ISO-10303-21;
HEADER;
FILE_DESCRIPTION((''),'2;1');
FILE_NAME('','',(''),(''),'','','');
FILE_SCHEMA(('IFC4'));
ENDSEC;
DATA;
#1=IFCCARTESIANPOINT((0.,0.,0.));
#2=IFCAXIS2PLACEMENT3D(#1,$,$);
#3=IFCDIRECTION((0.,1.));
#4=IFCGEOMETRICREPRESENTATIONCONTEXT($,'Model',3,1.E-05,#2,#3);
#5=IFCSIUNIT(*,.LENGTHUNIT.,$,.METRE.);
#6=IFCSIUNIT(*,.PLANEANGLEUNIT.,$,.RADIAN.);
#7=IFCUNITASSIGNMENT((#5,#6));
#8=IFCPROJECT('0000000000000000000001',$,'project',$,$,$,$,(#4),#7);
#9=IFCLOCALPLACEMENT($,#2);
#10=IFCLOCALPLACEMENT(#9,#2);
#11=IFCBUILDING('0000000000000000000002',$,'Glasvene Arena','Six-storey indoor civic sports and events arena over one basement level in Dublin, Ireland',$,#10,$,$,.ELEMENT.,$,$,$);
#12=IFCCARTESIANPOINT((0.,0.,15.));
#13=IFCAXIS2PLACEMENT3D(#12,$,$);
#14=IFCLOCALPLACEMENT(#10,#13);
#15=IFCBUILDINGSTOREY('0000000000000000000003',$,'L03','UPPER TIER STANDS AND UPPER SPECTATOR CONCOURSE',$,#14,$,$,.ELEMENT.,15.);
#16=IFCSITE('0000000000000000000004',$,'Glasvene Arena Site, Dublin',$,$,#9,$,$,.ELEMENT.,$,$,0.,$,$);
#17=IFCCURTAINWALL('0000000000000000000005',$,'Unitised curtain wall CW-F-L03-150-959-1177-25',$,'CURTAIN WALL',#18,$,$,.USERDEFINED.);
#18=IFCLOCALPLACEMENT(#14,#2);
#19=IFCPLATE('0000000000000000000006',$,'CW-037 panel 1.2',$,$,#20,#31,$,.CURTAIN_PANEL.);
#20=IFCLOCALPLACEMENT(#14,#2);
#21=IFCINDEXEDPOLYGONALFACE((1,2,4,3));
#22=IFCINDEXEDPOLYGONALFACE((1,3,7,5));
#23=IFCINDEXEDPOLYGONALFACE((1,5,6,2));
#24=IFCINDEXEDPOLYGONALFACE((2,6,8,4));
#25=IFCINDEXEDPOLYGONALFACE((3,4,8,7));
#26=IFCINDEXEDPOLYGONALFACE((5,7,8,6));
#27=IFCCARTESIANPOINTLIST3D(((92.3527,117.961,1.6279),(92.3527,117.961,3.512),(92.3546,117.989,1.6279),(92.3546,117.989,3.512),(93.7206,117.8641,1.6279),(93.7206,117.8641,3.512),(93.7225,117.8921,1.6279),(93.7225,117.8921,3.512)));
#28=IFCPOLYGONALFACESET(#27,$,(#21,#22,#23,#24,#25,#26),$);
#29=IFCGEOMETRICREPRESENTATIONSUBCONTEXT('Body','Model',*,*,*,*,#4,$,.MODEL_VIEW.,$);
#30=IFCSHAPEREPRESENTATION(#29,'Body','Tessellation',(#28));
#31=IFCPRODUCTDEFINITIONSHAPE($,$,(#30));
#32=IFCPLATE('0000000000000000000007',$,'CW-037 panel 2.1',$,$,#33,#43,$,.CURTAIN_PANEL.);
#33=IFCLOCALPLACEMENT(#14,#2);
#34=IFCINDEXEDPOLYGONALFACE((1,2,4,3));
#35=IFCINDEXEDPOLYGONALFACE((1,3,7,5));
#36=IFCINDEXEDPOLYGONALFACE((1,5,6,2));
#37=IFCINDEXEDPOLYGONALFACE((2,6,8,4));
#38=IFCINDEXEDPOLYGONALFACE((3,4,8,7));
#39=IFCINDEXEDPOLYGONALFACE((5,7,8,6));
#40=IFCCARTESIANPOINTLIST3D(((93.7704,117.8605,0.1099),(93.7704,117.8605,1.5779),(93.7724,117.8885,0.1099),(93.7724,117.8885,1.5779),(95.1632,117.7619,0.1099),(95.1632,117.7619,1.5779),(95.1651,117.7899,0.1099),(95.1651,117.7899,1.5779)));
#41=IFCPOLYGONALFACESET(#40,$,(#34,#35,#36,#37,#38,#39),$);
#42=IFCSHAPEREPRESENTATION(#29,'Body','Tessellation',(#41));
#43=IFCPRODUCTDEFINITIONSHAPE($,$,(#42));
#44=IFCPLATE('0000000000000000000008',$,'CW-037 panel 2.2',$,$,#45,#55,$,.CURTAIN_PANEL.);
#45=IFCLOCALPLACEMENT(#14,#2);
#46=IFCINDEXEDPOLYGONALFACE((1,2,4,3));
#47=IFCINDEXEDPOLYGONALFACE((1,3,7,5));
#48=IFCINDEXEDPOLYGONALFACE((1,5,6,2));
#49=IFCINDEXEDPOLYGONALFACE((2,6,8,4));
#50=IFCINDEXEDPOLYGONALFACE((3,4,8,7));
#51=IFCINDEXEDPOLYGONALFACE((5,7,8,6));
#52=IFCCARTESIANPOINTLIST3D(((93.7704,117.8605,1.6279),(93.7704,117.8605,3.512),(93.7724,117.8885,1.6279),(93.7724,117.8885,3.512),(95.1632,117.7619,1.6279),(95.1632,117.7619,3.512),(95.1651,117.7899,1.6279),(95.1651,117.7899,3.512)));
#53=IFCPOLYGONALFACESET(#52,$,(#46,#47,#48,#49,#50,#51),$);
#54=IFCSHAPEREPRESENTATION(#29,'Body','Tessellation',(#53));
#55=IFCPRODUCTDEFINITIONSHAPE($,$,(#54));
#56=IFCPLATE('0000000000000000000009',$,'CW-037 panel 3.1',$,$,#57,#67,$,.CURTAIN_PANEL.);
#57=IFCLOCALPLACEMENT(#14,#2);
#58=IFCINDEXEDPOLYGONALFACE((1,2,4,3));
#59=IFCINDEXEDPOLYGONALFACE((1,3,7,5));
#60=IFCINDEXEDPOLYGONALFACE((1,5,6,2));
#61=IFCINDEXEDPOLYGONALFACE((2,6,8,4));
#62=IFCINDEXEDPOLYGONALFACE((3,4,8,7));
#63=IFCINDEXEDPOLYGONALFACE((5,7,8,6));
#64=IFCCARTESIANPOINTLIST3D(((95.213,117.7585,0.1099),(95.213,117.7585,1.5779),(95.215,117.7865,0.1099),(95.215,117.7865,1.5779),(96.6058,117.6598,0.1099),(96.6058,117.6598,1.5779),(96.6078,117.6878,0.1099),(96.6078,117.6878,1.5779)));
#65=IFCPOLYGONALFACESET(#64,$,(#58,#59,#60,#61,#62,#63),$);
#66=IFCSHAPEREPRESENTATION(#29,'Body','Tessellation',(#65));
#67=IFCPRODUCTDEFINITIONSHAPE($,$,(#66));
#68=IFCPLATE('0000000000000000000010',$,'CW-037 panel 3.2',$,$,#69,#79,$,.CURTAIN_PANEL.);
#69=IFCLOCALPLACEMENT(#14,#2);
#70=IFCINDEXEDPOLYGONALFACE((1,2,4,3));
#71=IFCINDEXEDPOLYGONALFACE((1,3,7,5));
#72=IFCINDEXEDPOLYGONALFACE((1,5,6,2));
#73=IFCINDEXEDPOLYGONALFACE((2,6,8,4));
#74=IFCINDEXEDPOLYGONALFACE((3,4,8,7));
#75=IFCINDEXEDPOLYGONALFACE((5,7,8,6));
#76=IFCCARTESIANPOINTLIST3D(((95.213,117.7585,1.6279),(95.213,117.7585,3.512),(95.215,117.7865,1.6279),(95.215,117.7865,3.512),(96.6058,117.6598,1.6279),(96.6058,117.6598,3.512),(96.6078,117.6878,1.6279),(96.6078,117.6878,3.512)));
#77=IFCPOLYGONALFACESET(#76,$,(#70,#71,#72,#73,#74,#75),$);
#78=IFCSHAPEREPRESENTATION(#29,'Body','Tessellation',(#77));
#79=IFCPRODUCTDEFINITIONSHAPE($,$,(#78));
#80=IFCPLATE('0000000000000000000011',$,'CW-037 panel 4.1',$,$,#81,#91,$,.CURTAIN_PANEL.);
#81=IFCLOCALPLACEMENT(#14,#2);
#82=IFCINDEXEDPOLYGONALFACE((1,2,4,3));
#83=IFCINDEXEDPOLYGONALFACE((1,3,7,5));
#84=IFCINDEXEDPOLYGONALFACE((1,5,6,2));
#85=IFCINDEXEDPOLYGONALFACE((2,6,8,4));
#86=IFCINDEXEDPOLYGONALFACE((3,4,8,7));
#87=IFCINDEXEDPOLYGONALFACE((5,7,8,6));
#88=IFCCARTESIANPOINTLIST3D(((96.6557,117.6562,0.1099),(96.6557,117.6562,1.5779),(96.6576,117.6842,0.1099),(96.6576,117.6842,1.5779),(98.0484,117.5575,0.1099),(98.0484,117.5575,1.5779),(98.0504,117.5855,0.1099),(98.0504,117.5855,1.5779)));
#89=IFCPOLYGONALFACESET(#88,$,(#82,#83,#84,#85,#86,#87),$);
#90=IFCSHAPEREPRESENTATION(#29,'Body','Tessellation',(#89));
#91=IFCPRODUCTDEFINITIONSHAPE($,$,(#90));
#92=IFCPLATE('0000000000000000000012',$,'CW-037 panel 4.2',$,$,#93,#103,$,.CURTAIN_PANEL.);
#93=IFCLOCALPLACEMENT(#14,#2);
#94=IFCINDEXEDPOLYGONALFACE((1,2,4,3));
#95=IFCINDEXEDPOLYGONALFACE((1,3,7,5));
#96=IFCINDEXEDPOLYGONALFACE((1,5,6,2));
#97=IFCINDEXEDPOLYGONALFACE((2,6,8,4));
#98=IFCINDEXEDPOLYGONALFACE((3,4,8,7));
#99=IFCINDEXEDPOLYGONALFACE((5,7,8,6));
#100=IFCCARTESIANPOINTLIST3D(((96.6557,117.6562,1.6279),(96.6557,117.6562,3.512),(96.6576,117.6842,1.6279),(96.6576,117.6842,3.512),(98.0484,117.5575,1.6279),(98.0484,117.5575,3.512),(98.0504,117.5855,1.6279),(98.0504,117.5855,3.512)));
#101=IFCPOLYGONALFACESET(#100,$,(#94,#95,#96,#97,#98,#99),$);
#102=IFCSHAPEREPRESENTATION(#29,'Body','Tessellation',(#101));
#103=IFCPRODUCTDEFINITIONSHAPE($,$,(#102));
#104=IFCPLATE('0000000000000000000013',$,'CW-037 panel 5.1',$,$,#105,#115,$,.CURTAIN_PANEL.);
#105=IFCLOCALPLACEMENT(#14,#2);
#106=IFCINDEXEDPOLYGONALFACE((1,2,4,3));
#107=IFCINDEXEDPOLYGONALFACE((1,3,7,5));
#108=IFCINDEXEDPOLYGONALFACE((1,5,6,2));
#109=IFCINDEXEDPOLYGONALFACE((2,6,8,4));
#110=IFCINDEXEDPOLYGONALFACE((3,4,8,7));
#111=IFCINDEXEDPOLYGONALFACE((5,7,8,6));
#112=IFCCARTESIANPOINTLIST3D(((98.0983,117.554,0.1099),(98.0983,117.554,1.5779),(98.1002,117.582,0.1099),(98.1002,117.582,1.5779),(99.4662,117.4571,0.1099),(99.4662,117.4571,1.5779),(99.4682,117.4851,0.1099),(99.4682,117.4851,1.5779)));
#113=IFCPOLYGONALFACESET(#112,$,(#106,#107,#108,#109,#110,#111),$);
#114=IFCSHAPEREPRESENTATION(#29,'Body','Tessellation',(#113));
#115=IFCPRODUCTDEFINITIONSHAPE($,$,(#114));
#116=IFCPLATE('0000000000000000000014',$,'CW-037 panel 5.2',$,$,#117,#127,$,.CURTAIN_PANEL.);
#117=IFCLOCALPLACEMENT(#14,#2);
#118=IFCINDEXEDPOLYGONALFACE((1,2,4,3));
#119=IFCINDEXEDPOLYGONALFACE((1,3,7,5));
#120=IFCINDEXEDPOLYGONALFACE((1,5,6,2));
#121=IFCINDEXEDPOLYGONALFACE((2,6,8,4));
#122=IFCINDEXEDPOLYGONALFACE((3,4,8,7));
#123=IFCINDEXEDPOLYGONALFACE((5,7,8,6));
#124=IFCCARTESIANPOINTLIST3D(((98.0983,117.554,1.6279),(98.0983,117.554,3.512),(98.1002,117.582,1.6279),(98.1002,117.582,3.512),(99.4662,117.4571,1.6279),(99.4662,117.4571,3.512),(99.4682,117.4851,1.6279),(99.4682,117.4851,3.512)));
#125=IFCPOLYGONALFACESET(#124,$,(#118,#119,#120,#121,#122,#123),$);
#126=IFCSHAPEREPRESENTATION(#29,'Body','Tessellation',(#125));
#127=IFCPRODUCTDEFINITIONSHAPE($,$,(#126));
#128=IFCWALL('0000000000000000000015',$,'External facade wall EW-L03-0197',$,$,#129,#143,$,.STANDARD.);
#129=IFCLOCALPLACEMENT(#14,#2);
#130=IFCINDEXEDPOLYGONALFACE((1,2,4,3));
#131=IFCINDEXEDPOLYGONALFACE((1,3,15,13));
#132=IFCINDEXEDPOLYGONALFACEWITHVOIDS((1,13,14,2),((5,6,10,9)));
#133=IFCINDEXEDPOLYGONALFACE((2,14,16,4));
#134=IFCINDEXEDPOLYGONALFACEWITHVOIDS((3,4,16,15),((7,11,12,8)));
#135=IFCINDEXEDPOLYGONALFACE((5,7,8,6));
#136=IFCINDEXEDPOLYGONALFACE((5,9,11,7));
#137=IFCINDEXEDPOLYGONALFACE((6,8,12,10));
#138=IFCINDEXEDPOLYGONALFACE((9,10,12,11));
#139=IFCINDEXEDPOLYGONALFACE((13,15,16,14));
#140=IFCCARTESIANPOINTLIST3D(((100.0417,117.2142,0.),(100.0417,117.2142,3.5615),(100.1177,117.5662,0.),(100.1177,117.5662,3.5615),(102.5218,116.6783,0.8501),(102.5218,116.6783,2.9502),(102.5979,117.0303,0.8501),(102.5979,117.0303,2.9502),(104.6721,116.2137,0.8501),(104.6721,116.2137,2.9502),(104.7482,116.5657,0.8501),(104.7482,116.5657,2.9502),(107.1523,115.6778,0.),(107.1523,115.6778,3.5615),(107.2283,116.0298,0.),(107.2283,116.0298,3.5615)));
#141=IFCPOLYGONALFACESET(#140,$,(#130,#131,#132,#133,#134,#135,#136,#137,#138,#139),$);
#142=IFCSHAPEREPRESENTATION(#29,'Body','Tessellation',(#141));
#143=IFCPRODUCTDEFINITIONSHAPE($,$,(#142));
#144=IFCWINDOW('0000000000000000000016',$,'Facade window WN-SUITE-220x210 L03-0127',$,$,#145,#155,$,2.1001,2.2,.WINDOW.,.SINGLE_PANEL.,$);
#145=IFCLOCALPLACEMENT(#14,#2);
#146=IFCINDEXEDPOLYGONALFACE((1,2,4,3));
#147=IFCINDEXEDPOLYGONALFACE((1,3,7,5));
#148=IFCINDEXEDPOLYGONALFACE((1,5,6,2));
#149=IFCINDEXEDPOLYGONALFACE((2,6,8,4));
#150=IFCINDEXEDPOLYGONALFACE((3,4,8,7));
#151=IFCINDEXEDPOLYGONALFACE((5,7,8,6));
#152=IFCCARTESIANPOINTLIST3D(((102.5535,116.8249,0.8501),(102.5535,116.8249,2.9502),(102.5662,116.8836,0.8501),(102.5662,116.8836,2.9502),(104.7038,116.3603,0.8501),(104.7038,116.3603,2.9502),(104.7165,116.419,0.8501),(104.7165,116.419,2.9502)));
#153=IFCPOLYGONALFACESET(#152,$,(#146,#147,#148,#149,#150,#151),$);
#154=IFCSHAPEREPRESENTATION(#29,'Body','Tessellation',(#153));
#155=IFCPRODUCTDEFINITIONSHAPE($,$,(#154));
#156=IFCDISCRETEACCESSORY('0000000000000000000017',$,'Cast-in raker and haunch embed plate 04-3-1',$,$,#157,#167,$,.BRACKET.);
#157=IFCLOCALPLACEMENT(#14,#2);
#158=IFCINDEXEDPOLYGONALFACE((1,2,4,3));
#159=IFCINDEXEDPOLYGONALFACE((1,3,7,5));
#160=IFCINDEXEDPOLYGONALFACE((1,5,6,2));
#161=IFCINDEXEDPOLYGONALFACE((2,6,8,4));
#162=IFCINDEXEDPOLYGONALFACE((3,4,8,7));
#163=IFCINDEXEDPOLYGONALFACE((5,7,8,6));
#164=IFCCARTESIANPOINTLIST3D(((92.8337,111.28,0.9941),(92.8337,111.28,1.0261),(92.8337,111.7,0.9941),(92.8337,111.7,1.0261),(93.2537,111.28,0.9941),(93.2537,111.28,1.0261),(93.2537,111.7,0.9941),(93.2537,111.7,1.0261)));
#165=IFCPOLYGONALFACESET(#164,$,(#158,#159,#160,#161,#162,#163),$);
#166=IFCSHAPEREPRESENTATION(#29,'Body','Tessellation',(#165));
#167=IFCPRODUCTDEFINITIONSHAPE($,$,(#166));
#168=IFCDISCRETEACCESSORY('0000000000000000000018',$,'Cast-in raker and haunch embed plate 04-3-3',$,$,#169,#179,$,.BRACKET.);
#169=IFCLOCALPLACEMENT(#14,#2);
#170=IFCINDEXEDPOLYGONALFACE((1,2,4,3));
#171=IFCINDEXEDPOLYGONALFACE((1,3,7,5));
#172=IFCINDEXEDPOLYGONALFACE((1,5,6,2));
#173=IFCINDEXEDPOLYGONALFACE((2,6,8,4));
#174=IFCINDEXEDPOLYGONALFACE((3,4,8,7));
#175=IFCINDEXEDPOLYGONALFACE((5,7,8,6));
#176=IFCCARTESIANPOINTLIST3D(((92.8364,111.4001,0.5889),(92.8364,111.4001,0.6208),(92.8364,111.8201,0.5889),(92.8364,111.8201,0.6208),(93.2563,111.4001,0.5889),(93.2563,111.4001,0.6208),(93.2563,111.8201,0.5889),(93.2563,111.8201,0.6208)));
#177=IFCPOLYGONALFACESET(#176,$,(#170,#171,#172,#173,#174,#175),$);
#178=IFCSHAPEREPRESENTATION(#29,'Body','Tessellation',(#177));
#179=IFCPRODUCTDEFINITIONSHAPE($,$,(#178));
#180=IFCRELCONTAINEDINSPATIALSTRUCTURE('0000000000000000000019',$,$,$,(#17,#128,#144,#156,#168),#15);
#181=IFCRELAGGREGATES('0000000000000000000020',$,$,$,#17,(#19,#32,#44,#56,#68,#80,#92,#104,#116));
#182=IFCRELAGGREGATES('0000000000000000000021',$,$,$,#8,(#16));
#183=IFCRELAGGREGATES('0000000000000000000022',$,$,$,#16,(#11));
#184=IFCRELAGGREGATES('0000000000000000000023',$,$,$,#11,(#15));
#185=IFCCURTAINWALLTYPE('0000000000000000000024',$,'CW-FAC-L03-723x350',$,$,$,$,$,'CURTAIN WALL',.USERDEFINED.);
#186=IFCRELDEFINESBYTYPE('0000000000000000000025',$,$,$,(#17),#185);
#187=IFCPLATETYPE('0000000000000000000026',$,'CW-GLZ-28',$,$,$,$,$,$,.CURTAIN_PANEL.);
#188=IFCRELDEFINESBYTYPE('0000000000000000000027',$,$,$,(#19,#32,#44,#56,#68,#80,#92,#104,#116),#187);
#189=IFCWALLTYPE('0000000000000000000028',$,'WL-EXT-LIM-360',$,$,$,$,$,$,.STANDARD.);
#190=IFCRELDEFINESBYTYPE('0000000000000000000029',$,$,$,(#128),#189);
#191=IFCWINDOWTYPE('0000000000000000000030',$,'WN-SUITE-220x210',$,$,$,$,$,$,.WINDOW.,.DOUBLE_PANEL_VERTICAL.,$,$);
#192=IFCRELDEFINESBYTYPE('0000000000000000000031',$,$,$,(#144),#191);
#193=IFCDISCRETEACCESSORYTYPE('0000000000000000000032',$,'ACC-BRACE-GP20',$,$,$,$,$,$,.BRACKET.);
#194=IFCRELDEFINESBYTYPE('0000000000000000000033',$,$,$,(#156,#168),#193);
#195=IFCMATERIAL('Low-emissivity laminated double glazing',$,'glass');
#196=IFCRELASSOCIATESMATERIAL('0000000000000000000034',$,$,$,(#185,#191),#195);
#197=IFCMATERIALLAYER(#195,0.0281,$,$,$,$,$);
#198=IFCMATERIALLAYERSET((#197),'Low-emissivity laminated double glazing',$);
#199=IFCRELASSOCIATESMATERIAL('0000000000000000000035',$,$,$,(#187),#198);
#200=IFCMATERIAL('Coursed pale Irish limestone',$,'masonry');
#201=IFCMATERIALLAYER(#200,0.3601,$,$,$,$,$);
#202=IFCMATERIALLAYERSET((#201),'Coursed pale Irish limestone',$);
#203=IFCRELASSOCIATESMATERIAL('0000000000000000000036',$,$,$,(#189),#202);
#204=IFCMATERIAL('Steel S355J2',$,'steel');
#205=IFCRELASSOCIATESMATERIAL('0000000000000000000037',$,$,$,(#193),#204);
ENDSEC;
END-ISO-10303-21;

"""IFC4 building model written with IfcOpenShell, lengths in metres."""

from ifc_helpers import new_model, si_unit, direction, frame, frame_2d, origin, origin_2d, place, context, subcontext, project, spatial, rectangle, extrude, material, layer, layer_set, type_object, element, fill, aggregate, save


model = new_model("IFC4")

# Units and contexts
model_context = context("Model", 3, precision=1e-05, world=origin(), true_north=direction((0.0, 1.0)))
body_context = subcontext(model_context, "Body", "Model", "MODEL_VIEW")
ifc_project = project(units=[si_unit("LENGTHUNIT", "METRE"), si_unit("PLANEANGLEUNIT", "RADIAN")], contexts=[model_context])

# Site, building, storey
site_placement = place(None, origin())
site = spatial("IfcSite", under=ifc_project, at=site_placement, Name="Glasvene Arena Site, Dublin", CompositionType="ELEMENT", RefElevation=0.0)
building_placement = place(site_placement, origin())
building = spatial("IfcBuilding", under=site, at=building_placement, Name="Glasvene Arena", Description="Six-storey indoor civic sports and events arena over one basement level in Dublin, Ireland", CompositionType="ELEMENT")
storey_placement = place(building_placement, frame((0.0, 0.0, 15.0)))
storey = spatial("IfcBuildingStorey", under=building, at=storey_placement, Name="L03", Description="UPPER TIER STANDS AND UPPER SPECTATOR CONCOURSE", CompositionType="ELEMENT", Elevation=15.0)

# Shared definitions
ifc_material_1 = material(Name="Steel S355J2", Category="steel")

# Curtain wall, plates
ifc_material_2 = material(Name="Low-emissivity laminated double glazing", Category="glass")
curtain_wall_type = type_object("IfcCurtainWallType", Name="CW-FAC-L03-723x350", ElementType="CURTAIN WALL", PredefinedType="USERDEFINED", material=ifc_material_2)
curtain_wall_placement = place(storey_placement, frame((92.304, 117.9785, 0.0)))
curtain_wall = element("IfcCurtainWall", 1, at=curtain_wall_placement, inside=storey, type_object=curtain_wall_type, Name="Unitised curtain wall CW-F-L03-150-959-1177-25", ObjectType="CURTAIN WALL", PredefinedType="USERDEFINED")
ifc_layer_1 = layer(ifc_material_2, 0.0281)
ifc_layer_set_1 = layer_set([ifc_layer_1], Name="Low-emissivity laminated double glazing")
plate_type = type_object("IfcPlateType", Name="CW-GLZ-28", PredefinedType="CURTAIN_PANEL", material=ifc_layer_set_1)
plate_1_placement = place(storey_placement, frame((93.0376, 117.9265, 1.6279), z_axis=(0.0, 0.0, 1.0), x_axis=(0.997501, -0.070652, 0.0)))
plate_1 = element("IfcPlate", 2, at=plate_1_placement, type_object=plate_type, Name="CW-037 panel 1.2", PredefinedType="CURTAIN_PANEL", context=body_context, shape_type="SweptSolid", body=[
    extrude(rectangle(XDim=1.3713, YDim=0.0281, at=origin_2d()), origin(), (0.0, 0.0, 1.0), 1.884),
])
plate_2_placement = place(storey_placement, frame((94.4678, 117.8252, 0.1099), z_axis=(0.0, 0.0, 1.0), x_axis=(0.997501, -0.070652, 0.0)))
plate_2 = element("IfcPlate", 3, at=plate_2_placement, type_object=plate_type, Name="CW-037 panel 2.1", PredefinedType="CURTAIN_PANEL", context=body_context, shape_type="SweptSolid", body=[
    extrude(rectangle(XDim=1.3962, YDim=0.0281, at=origin_2d()), origin(), (0.0, 0.0, 1.0), 1.468),
])
plate_3_placement = place(storey_placement, frame((94.4678, 117.8252, 1.6279), z_axis=(0.0, 0.0, 1.0), x_axis=(0.997501, -0.070652, 0.0)))
plate_3 = element("IfcPlate", 4, at=plate_3_placement, type_object=plate_type, Name="CW-037 panel 2.2", PredefinedType="CURTAIN_PANEL", context=body_context, shape_type="SweptSolid", body=[
    extrude(rectangle(XDim=1.3962, YDim=0.0281, at=origin_2d()), origin(), (0.0, 0.0, 1.0), 1.884),
])
plate_4_placement = place(storey_placement, frame((95.9104, 117.7231, 0.1099), z_axis=(0.0, 0.0, 1.0), x_axis=(0.997501, -0.070652, 0.0)))
plate_4 = element("IfcPlate", 5, at=plate_4_placement, type_object=plate_type, Name="CW-037 panel 3.1", PredefinedType="CURTAIN_PANEL", context=body_context, shape_type="SweptSolid", body=[
    extrude(rectangle(XDim=1.3962, YDim=0.0281, at=origin_2d()), origin(), (0.0, 0.0, 1.0), 1.468),
])
plate_5_placement = place(storey_placement, frame((95.9104, 117.7231, 1.6279), z_axis=(0.0, 0.0, 1.0), x_axis=(0.997501, -0.070652, 0.0)))
plate_5 = element("IfcPlate", 6, at=plate_5_placement, type_object=plate_type, Name="CW-037 panel 3.2", PredefinedType="CURTAIN_PANEL", context=body_context, shape_type="SweptSolid", body=[
    extrude(rectangle(XDim=1.3962, YDim=0.0281, at=origin_2d()), origin(), (0.0, 0.0, 1.0), 1.884),
])
plate_6_placement = place(storey_placement, frame((97.353, 117.6208, 0.1099), z_axis=(0.0, 0.0, 1.0), x_axis=(0.997501, -0.070652, 0.0)))
plate_6 = element("IfcPlate", 7, at=plate_6_placement, type_object=plate_type, Name="CW-037 panel 4.1", PredefinedType="CURTAIN_PANEL", context=body_context, shape_type="SweptSolid", body=[
    extrude(rectangle(XDim=1.3962, YDim=0.0281, at=origin_2d()), origin(), (0.0, 0.0, 1.0), 1.468),
])
plate_7_placement = place(storey_placement, frame((97.353, 117.6208, 1.6279), z_axis=(0.0, 0.0, 1.0), x_axis=(0.997501, -0.070652, 0.0)))
plate_7 = element("IfcPlate", 8, at=plate_7_placement, type_object=plate_type, Name="CW-037 panel 4.2", PredefinedType="CURTAIN_PANEL", context=body_context, shape_type="SweptSolid", body=[
    extrude(rectangle(XDim=1.3962, YDim=0.0281, at=origin_2d()), origin(), (0.0, 0.0, 1.0), 1.884),
])
plate_8_placement = place(storey_placement, frame((98.7832, 117.5195, 0.1099), z_axis=(0.0, 0.0, 1.0), x_axis=(0.997501, -0.070652, 0.0)))
plate_8 = element("IfcPlate", 9, at=plate_8_placement, type_object=plate_type, Name="CW-037 panel 5.1", PredefinedType="CURTAIN_PANEL", context=body_context, shape_type="SweptSolid", body=[
    extrude(rectangle(XDim=1.3713, YDim=0.0281, at=origin_2d()), origin(), (0.0, 0.0, 1.0), 1.468),
])
plate_9_placement = place(storey_placement, frame((98.7832, 117.5195, 1.6279), z_axis=(0.0, 0.0, 1.0), x_axis=(0.997501, -0.070652, 0.0)))
plate_9 = element("IfcPlate", 10, at=plate_9_placement, type_object=plate_type, Name="CW-037 panel 5.2", PredefinedType="CURTAIN_PANEL", context=body_context, shape_type="SweptSolid", body=[
    extrude(rectangle(XDim=1.3713, YDim=0.0281, at=origin_2d()), origin(), (0.0, 0.0, 1.0), 1.884),
])
aggregate(curtain_wall, [plate_1, plate_2, plate_3, plate_4, plate_5, plate_6, plate_7, plate_8, plate_9])

# Wall, opening, window
ifc_material_3 = material(Name="Coursed pale Irish limestone", Category="masonry")
ifc_layer_2 = layer(ifc_material_3, 0.3601)
ifc_layer_set_2 = layer_set([ifc_layer_2], Name="Coursed pale Irish limestone")
wall_type = type_object("IfcWallType", Name="WL-EXT-LIM-360", PredefinedType="STANDARD", material=ifc_layer_set_2)
wall_placement = place(storey_placement, frame((100.0798, 117.3901, 0.0), z_axis=(0.0, 0.0, 1.0), x_axis=(0.977444, -0.211195, 0.0)))
wall = element("IfcWall", 11, at=wall_placement, inside=storey, type_object=wall_type, Name="External facade wall EW-L03-0197", PredefinedType="STANDARD", context=body_context, shape_type="SweptSolid", body=[
    extrude(rectangle(XDim=7.2747, YDim=0.3601, at=frame_2d((3.6372, 0.0))), origin(), (0.0, 0.0, 1.0), 3.5615),
])
opening_placement = place(wall_placement, frame((2.5371, 0.0, 0.8501)))
opening = element("IfcOpeningElement", 12, at=opening_placement, cuts=wall, PredefinedType="OPENING", context=body_context, shape_type="SweptSolid", body=[
    extrude(rectangle(XDim=2.2, YDim=2.1001, at=frame_2d((1.1001, 1.05))), frame((0.0, 0.1899, 0.0), z_axis=(0.0, -1.0, 0.0), x_axis=(1.0, 0.0, 0.0)), (0.0, 0.0, 1.0), 0.3801),
])
window_type = type_object("IfcWindowType", Name="WN-SUITE-220x210", PartitioningType="DOUBLE_PANEL_VERTICAL", PredefinedType="WINDOW", material=ifc_material_2)
window_placement = place(opening_placement, origin())
window = element("IfcWindow", 13, at=window_placement, inside=storey, type_object=window_type, Name="Facade window WN-SUITE-220x210 L03-0127", OverallHeight=2.1001, OverallWidth=2.2, PartitioningType="SINGLE_PANEL", PredefinedType="WINDOW", context=body_context, shape_type="SweptSolid", body=[
    extrude(rectangle(XDim=2.2, YDim=2.1001, at=frame_2d((1.1001, 1.05))), frame((0.0, 0.03, 0.0), z_axis=(0.0, -1.0, 0.0), x_axis=(1.0, 0.0, 0.0)), (0.0, 0.0, 1.0), 0.0601),
])
fill(opening, window)

# Discrete accessories
discrete_accessory_type = type_object("IfcDiscreteAccessoryType", Name="ACC-BRACE-GP20", PredefinedType="BRACKET", material=ifc_material_1)
for number, where, z_axis, x_axis, name in (
    (14, (93.0437, 111.49, 0.9941), (0.0, 0.0, 1.0), (1.0, 0.0, 0.0), "Cast-in raker and haunch embed plate 04-3-1"),
    (15, (93.0464, 111.6101, 0.5889), (0.0, 0.0, 1.0), (1.0, 0.0, 0.0), "Cast-in raker and haunch embed plate 04-3-3"),
):
    element("IfcDiscreteAccessory", number, at=place(storey_placement, frame(where, z_axis=z_axis, x_axis=x_axis)), inside=storey, type_object=discrete_accessory_type, Name=name, PredefinedType="BRACKET", context=body_context, shape_type="SweptSolid", body=[
        extrude(rectangle(XDim=0.4199, YDim=0.4199, at=origin_2d()), origin(), (0.0, 0.0, 1.0), 0.032),
    ])

save(model, "model.ifc")
